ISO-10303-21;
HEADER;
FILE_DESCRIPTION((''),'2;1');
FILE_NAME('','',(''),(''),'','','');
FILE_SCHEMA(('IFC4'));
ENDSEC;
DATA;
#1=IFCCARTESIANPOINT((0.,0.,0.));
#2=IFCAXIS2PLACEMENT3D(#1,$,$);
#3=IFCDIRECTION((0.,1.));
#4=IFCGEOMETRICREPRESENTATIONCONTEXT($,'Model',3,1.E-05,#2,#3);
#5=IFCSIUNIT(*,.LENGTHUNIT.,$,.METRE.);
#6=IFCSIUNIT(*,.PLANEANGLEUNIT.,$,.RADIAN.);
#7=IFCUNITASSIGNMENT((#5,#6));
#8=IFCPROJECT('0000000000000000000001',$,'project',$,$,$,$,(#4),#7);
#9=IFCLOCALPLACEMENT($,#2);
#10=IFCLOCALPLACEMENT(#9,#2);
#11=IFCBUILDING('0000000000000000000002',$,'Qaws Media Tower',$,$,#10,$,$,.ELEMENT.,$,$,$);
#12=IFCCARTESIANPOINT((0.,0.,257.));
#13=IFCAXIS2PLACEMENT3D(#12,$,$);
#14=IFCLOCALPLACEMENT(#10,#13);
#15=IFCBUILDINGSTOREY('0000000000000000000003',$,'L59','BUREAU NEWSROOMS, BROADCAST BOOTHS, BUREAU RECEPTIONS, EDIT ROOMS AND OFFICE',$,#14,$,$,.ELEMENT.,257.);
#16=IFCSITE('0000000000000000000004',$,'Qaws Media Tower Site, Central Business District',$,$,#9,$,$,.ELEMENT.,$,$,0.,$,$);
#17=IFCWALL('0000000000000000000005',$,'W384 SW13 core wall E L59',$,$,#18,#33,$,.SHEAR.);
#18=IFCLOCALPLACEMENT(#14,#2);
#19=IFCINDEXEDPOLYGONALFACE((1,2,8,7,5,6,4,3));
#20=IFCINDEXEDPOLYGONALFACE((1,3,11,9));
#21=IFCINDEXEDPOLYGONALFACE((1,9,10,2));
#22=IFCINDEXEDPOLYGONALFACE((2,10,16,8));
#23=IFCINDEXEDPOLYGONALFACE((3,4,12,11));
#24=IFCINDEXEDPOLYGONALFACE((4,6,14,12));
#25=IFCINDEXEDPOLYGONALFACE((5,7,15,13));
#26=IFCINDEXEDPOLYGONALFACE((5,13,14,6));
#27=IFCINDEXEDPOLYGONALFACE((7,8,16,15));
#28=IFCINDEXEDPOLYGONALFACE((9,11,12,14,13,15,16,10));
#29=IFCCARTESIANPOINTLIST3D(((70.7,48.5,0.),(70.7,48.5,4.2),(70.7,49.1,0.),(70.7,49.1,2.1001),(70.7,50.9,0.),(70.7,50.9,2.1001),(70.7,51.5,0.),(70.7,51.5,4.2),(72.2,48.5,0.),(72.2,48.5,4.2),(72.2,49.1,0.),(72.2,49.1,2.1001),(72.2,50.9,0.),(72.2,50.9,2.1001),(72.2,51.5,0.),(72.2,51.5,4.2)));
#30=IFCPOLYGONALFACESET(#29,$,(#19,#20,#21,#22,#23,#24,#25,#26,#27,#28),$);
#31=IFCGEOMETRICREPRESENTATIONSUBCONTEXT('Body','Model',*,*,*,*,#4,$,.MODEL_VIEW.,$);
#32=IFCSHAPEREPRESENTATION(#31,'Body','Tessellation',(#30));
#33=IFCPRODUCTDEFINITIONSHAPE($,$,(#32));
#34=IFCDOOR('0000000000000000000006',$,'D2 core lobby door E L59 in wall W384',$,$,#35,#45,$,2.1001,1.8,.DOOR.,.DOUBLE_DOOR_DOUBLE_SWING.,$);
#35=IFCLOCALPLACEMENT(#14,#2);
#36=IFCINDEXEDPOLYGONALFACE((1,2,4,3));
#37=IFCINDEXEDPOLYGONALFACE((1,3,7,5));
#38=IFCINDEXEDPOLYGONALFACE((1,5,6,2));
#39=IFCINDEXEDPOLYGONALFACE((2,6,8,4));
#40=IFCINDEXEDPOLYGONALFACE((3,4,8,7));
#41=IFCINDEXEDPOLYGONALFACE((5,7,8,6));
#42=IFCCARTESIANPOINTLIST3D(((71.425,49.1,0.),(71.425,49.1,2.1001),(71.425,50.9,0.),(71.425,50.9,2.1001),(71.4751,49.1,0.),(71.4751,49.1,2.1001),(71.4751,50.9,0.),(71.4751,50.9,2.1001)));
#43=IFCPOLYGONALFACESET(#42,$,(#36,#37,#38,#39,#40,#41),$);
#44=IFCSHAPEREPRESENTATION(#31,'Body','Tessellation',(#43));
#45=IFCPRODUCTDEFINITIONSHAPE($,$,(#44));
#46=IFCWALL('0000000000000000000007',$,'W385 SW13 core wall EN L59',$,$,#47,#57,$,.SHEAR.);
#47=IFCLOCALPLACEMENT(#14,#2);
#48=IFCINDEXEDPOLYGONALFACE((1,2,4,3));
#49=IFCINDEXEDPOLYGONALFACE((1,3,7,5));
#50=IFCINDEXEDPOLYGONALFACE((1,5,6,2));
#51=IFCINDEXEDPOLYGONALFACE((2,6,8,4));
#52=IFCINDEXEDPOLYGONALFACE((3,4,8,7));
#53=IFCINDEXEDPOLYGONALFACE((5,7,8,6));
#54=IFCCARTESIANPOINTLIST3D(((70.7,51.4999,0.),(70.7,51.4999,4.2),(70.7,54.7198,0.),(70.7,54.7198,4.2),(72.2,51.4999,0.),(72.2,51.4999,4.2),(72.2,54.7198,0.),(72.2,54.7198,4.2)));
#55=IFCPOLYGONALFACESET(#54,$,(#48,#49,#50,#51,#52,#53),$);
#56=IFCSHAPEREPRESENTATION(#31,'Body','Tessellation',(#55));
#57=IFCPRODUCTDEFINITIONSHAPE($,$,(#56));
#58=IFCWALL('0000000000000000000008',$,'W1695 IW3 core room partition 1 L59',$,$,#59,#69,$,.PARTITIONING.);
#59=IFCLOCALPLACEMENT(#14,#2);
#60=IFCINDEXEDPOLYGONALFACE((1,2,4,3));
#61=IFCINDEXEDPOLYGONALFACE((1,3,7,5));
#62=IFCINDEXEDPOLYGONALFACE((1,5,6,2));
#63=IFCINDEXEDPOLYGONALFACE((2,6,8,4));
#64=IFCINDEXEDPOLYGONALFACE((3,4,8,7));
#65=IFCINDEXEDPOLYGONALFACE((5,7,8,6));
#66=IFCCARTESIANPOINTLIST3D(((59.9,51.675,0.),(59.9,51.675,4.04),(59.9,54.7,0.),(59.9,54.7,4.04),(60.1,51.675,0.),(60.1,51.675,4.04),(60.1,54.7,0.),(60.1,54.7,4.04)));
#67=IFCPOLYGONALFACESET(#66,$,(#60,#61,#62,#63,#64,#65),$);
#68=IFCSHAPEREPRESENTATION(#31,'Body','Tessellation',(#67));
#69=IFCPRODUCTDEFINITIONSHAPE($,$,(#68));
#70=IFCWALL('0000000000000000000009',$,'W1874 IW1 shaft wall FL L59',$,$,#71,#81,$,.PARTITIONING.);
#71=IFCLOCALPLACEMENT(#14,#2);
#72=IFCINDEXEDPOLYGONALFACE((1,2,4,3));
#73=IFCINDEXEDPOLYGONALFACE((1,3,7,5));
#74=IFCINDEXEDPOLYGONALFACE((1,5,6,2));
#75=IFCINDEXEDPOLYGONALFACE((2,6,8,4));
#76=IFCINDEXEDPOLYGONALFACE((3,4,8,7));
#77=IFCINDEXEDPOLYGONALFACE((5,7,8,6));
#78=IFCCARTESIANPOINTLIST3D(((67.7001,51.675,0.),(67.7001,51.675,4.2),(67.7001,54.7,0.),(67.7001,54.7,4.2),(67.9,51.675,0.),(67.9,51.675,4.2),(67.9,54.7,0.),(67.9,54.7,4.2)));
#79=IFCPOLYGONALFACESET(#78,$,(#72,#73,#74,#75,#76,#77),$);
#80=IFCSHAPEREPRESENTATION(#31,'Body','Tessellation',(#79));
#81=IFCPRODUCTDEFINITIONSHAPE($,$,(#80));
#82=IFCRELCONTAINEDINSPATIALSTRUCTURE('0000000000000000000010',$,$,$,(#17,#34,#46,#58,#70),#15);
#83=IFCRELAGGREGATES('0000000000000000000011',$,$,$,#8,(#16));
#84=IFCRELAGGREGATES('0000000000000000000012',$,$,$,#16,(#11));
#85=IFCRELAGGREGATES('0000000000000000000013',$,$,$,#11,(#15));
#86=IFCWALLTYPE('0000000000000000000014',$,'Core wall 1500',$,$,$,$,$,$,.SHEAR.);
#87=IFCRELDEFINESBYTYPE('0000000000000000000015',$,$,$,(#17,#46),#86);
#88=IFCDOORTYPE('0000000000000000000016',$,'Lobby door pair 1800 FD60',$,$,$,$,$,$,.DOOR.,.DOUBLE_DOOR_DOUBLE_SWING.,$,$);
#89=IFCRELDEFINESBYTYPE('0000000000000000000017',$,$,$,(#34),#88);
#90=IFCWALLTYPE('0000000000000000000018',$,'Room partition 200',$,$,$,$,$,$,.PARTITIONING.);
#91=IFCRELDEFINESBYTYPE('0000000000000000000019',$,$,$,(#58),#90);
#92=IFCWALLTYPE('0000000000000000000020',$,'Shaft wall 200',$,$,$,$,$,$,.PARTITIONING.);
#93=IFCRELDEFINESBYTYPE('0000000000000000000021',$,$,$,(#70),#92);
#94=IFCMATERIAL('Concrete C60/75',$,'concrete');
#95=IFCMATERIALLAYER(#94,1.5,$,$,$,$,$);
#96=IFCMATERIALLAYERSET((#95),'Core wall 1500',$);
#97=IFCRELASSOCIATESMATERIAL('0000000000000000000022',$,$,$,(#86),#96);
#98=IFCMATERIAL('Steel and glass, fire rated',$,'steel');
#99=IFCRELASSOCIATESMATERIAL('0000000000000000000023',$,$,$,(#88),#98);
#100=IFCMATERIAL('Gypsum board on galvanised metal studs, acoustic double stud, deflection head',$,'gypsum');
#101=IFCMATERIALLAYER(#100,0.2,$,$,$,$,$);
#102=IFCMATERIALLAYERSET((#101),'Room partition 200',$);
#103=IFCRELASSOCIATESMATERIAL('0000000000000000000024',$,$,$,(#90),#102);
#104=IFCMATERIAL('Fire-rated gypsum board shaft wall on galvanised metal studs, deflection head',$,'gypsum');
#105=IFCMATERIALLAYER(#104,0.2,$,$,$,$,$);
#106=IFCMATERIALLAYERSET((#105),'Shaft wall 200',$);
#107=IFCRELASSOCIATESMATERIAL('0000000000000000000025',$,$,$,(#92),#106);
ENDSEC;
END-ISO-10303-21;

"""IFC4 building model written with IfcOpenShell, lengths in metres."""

from ifc_helpers import new_model, si_unit, direction, frame, frame_2d, origin, place, context, subcontext, project, spatial, rectangle, extrude, material, layer, layer_set, type_object, element, fill, save


model = new_model("IFC4")

# Units and contexts
model_context = context("Model", 3, precision=1e-05, world=origin(), true_north=direction((0.0, 1.0)))
body_context = subcontext(model_context, "Body", "Model", "MODEL_VIEW")
ifc_project = project(units=[si_unit("LENGTHUNIT", "METRE"), si_unit("PLANEANGLEUNIT", "RADIAN")], contexts=[model_context])

# Site, building, storey
site_placement = place(None, origin())
site = spatial("IfcSite", under=ifc_project, at=site_placement, Name="Qaws Media Tower Site, Central Business District", CompositionType="ELEMENT", RefElevation=0.0)
building_placement = place(site_placement, origin())
building = spatial("IfcBuilding", under=site, at=building_placement, Name="Qaws Media Tower", CompositionType="ELEMENT")
storey_placement = place(building_placement, frame((0.0, 0.0, 257.0)))
storey = spatial("IfcBuildingStorey", under=building, at=storey_placement, Name="L59", Description="BUREAU NEWSROOMS, BROADCAST BOOTHS, BUREAU RECEPTIONS, EDIT ROOMS AND OFFICE", CompositionType="ELEMENT", Elevation=257.0)

# Shared definitions
ifc_material_1 = material(Name="Concrete C60/75", Category="concrete")
ifc_layer_1 = layer(ifc_material_1, 1.5)
ifc_layer_set_1 = layer_set([ifc_layer_1], Name="Core wall 1500")
wall_type_1 = type_object("IfcWallType", Name="Core wall 1500", PredefinedType="SHEAR", material=ifc_layer_set_1)

# Wall, opening, door
wall_1_placement = place(storey_placement, frame((71.45, 48.5, 0.0), z_axis=(0.0, 0.0, 1.0), x_axis=(0.0, 1.0, 0.0)))
wall_1 = element("IfcWall", 1, at=wall_1_placement, inside=storey, type_object=wall_type_1, Name="W384 SW13 core wall E L59", PredefinedType="SHEAR", context=body_context, shape_type="SweptSolid", body=[
    extrude(rectangle(XDim=3.0, YDim=1.5, at=frame_2d((1.5, 0.0))), origin(), (0.0, 0.0, 1.0), 4.2),
])
opening_1_placement = place(wall_1_placement, frame((0.6001, 0.0, 0.0)))
opening_1 = element("IfcOpeningElement", 2, at=opening_1_placement, cuts=wall_1, PredefinedType="OPENING", context=body_context, shape_type="SweptSolid", body=[
    extrude(rectangle(XDim=1.8, YDim=2.1001, at=frame_2d((0.8999, 1.05))), frame((0.0, 0.76, 0.0), z_axis=(0.0, -1.0, 0.0), x_axis=(1.0, 0.0, 0.0)), (0.0, 0.0, 1.0), 1.52),
])
ifc_material_2 = material(Name="Steel and glass, fire rated", Category="steel")
door_type_1 = type_object("IfcDoorType", Name="Lobby door pair 1800 FD60", OperationType="DOUBLE_DOOR_DOUBLE_SWING", PredefinedType="DOOR", material=ifc_material_2)
door_1_placement = place(opening_1_placement, origin())
door_1 = element("IfcDoor", 3, at=door_1_placement, inside=storey, type_object=door_type_1, Name="D2 core lobby door E L59 in wall W384", OperationType="DOUBLE_DOOR_DOUBLE_SWING", OverallHeight=2.1001, OverallWidth=1.8, PredefinedType="DOOR", context=body_context, shape_type="SweptSolid", body=[
    extrude(rectangle(XDim=1.8, YDim=2.1001, at=frame_2d((0.8999, 1.05))), frame((0.0, 0.0249, 0.0), z_axis=(0.0, -1.0, 0.0), x_axis=(1.0, 0.0, 0.0)), (0.0, 0.0, 1.0), 0.05),
])
fill(opening_1, door_1)

# Walls
wall_2_placement = place(storey_placement, frame((71.45, 51.5, 0.0), z_axis=(0.0, 0.0, 1.0), x_axis=(0.0, 1.0, 0.0)))
element("IfcWall", 4, at=wall_2_placement, inside=storey, type_object=wall_type_1, Name="W385 SW13 core wall EN L59", PredefinedType="SHEAR", context=body_context, shape_type="SweptSolid", body=[
    extrude(rectangle(XDim=3.22, YDim=1.5, at=frame_2d((1.6099, 0.0))), origin(), (0.0, 0.0, 1.0), 4.2),
])
ifc_material_3 = material(Name="Gypsum board on galvanised metal studs, acoustic double stud, deflection head", Category="gypsum")
ifc_layer_2 = layer(ifc_material_3, 0.2)
ifc_layer_set_2 = layer_set([ifc_layer_2], Name="Room partition 200")
wall_type_2 = type_object("IfcWallType", Name="Room partition 200", PredefinedType="PARTITIONING", material=ifc_layer_set_2)
wall_3_placement = place(storey_placement, frame((60.0, 51.675, 0.0), z_axis=(0.0, 0.0, 1.0), x_axis=(0.0, 1.0, 0.0)))
element("IfcWall", 5, at=wall_3_placement, inside=storey, type_object=wall_type_2, Name="W1695 IW3 core room partition 1 L59", PredefinedType="PARTITIONING", context=body_context, shape_type="SweptSolid", body=[
    extrude(rectangle(XDim=3.0249, YDim=0.2, at=frame_2d((1.5125, 0.0))), origin(), (0.0, 0.0, 1.0), 4.04),
])
ifc_material_4 = material(Name="Fire-rated gypsum board shaft wall on galvanised metal studs, deflection head", Category="gypsum")
ifc_layer_3 = layer(ifc_material_4, 0.2)
ifc_layer_set_3 = layer_set([ifc_layer_3], Name="Shaft wall 200")
wall_type_3 = type_object("IfcWallType", Name="Shaft wall 200", PredefinedType="PARTITIONING", material=ifc_layer_set_3)
wall_4_placement = place(storey_placement, frame((67.8, 51.675, 0.0), z_axis=(0.0, 0.0, 1.0), x_axis=(0.0, 1.0, 0.0)))
element("IfcWall", 6, at=wall_4_placement, inside=storey, type_object=wall_type_3, Name="W1874 IW1 shaft wall FL L59", PredefinedType="PARTITIONING", context=body_context, shape_type="SweptSolid", body=[
    extrude(rectangle(XDim=3.0249, YDim=0.2, at=frame_2d((1.5125, 0.0))), origin(), (0.0, 0.0, 1.0), 4.2),
])

save(model, "model.ifc")
